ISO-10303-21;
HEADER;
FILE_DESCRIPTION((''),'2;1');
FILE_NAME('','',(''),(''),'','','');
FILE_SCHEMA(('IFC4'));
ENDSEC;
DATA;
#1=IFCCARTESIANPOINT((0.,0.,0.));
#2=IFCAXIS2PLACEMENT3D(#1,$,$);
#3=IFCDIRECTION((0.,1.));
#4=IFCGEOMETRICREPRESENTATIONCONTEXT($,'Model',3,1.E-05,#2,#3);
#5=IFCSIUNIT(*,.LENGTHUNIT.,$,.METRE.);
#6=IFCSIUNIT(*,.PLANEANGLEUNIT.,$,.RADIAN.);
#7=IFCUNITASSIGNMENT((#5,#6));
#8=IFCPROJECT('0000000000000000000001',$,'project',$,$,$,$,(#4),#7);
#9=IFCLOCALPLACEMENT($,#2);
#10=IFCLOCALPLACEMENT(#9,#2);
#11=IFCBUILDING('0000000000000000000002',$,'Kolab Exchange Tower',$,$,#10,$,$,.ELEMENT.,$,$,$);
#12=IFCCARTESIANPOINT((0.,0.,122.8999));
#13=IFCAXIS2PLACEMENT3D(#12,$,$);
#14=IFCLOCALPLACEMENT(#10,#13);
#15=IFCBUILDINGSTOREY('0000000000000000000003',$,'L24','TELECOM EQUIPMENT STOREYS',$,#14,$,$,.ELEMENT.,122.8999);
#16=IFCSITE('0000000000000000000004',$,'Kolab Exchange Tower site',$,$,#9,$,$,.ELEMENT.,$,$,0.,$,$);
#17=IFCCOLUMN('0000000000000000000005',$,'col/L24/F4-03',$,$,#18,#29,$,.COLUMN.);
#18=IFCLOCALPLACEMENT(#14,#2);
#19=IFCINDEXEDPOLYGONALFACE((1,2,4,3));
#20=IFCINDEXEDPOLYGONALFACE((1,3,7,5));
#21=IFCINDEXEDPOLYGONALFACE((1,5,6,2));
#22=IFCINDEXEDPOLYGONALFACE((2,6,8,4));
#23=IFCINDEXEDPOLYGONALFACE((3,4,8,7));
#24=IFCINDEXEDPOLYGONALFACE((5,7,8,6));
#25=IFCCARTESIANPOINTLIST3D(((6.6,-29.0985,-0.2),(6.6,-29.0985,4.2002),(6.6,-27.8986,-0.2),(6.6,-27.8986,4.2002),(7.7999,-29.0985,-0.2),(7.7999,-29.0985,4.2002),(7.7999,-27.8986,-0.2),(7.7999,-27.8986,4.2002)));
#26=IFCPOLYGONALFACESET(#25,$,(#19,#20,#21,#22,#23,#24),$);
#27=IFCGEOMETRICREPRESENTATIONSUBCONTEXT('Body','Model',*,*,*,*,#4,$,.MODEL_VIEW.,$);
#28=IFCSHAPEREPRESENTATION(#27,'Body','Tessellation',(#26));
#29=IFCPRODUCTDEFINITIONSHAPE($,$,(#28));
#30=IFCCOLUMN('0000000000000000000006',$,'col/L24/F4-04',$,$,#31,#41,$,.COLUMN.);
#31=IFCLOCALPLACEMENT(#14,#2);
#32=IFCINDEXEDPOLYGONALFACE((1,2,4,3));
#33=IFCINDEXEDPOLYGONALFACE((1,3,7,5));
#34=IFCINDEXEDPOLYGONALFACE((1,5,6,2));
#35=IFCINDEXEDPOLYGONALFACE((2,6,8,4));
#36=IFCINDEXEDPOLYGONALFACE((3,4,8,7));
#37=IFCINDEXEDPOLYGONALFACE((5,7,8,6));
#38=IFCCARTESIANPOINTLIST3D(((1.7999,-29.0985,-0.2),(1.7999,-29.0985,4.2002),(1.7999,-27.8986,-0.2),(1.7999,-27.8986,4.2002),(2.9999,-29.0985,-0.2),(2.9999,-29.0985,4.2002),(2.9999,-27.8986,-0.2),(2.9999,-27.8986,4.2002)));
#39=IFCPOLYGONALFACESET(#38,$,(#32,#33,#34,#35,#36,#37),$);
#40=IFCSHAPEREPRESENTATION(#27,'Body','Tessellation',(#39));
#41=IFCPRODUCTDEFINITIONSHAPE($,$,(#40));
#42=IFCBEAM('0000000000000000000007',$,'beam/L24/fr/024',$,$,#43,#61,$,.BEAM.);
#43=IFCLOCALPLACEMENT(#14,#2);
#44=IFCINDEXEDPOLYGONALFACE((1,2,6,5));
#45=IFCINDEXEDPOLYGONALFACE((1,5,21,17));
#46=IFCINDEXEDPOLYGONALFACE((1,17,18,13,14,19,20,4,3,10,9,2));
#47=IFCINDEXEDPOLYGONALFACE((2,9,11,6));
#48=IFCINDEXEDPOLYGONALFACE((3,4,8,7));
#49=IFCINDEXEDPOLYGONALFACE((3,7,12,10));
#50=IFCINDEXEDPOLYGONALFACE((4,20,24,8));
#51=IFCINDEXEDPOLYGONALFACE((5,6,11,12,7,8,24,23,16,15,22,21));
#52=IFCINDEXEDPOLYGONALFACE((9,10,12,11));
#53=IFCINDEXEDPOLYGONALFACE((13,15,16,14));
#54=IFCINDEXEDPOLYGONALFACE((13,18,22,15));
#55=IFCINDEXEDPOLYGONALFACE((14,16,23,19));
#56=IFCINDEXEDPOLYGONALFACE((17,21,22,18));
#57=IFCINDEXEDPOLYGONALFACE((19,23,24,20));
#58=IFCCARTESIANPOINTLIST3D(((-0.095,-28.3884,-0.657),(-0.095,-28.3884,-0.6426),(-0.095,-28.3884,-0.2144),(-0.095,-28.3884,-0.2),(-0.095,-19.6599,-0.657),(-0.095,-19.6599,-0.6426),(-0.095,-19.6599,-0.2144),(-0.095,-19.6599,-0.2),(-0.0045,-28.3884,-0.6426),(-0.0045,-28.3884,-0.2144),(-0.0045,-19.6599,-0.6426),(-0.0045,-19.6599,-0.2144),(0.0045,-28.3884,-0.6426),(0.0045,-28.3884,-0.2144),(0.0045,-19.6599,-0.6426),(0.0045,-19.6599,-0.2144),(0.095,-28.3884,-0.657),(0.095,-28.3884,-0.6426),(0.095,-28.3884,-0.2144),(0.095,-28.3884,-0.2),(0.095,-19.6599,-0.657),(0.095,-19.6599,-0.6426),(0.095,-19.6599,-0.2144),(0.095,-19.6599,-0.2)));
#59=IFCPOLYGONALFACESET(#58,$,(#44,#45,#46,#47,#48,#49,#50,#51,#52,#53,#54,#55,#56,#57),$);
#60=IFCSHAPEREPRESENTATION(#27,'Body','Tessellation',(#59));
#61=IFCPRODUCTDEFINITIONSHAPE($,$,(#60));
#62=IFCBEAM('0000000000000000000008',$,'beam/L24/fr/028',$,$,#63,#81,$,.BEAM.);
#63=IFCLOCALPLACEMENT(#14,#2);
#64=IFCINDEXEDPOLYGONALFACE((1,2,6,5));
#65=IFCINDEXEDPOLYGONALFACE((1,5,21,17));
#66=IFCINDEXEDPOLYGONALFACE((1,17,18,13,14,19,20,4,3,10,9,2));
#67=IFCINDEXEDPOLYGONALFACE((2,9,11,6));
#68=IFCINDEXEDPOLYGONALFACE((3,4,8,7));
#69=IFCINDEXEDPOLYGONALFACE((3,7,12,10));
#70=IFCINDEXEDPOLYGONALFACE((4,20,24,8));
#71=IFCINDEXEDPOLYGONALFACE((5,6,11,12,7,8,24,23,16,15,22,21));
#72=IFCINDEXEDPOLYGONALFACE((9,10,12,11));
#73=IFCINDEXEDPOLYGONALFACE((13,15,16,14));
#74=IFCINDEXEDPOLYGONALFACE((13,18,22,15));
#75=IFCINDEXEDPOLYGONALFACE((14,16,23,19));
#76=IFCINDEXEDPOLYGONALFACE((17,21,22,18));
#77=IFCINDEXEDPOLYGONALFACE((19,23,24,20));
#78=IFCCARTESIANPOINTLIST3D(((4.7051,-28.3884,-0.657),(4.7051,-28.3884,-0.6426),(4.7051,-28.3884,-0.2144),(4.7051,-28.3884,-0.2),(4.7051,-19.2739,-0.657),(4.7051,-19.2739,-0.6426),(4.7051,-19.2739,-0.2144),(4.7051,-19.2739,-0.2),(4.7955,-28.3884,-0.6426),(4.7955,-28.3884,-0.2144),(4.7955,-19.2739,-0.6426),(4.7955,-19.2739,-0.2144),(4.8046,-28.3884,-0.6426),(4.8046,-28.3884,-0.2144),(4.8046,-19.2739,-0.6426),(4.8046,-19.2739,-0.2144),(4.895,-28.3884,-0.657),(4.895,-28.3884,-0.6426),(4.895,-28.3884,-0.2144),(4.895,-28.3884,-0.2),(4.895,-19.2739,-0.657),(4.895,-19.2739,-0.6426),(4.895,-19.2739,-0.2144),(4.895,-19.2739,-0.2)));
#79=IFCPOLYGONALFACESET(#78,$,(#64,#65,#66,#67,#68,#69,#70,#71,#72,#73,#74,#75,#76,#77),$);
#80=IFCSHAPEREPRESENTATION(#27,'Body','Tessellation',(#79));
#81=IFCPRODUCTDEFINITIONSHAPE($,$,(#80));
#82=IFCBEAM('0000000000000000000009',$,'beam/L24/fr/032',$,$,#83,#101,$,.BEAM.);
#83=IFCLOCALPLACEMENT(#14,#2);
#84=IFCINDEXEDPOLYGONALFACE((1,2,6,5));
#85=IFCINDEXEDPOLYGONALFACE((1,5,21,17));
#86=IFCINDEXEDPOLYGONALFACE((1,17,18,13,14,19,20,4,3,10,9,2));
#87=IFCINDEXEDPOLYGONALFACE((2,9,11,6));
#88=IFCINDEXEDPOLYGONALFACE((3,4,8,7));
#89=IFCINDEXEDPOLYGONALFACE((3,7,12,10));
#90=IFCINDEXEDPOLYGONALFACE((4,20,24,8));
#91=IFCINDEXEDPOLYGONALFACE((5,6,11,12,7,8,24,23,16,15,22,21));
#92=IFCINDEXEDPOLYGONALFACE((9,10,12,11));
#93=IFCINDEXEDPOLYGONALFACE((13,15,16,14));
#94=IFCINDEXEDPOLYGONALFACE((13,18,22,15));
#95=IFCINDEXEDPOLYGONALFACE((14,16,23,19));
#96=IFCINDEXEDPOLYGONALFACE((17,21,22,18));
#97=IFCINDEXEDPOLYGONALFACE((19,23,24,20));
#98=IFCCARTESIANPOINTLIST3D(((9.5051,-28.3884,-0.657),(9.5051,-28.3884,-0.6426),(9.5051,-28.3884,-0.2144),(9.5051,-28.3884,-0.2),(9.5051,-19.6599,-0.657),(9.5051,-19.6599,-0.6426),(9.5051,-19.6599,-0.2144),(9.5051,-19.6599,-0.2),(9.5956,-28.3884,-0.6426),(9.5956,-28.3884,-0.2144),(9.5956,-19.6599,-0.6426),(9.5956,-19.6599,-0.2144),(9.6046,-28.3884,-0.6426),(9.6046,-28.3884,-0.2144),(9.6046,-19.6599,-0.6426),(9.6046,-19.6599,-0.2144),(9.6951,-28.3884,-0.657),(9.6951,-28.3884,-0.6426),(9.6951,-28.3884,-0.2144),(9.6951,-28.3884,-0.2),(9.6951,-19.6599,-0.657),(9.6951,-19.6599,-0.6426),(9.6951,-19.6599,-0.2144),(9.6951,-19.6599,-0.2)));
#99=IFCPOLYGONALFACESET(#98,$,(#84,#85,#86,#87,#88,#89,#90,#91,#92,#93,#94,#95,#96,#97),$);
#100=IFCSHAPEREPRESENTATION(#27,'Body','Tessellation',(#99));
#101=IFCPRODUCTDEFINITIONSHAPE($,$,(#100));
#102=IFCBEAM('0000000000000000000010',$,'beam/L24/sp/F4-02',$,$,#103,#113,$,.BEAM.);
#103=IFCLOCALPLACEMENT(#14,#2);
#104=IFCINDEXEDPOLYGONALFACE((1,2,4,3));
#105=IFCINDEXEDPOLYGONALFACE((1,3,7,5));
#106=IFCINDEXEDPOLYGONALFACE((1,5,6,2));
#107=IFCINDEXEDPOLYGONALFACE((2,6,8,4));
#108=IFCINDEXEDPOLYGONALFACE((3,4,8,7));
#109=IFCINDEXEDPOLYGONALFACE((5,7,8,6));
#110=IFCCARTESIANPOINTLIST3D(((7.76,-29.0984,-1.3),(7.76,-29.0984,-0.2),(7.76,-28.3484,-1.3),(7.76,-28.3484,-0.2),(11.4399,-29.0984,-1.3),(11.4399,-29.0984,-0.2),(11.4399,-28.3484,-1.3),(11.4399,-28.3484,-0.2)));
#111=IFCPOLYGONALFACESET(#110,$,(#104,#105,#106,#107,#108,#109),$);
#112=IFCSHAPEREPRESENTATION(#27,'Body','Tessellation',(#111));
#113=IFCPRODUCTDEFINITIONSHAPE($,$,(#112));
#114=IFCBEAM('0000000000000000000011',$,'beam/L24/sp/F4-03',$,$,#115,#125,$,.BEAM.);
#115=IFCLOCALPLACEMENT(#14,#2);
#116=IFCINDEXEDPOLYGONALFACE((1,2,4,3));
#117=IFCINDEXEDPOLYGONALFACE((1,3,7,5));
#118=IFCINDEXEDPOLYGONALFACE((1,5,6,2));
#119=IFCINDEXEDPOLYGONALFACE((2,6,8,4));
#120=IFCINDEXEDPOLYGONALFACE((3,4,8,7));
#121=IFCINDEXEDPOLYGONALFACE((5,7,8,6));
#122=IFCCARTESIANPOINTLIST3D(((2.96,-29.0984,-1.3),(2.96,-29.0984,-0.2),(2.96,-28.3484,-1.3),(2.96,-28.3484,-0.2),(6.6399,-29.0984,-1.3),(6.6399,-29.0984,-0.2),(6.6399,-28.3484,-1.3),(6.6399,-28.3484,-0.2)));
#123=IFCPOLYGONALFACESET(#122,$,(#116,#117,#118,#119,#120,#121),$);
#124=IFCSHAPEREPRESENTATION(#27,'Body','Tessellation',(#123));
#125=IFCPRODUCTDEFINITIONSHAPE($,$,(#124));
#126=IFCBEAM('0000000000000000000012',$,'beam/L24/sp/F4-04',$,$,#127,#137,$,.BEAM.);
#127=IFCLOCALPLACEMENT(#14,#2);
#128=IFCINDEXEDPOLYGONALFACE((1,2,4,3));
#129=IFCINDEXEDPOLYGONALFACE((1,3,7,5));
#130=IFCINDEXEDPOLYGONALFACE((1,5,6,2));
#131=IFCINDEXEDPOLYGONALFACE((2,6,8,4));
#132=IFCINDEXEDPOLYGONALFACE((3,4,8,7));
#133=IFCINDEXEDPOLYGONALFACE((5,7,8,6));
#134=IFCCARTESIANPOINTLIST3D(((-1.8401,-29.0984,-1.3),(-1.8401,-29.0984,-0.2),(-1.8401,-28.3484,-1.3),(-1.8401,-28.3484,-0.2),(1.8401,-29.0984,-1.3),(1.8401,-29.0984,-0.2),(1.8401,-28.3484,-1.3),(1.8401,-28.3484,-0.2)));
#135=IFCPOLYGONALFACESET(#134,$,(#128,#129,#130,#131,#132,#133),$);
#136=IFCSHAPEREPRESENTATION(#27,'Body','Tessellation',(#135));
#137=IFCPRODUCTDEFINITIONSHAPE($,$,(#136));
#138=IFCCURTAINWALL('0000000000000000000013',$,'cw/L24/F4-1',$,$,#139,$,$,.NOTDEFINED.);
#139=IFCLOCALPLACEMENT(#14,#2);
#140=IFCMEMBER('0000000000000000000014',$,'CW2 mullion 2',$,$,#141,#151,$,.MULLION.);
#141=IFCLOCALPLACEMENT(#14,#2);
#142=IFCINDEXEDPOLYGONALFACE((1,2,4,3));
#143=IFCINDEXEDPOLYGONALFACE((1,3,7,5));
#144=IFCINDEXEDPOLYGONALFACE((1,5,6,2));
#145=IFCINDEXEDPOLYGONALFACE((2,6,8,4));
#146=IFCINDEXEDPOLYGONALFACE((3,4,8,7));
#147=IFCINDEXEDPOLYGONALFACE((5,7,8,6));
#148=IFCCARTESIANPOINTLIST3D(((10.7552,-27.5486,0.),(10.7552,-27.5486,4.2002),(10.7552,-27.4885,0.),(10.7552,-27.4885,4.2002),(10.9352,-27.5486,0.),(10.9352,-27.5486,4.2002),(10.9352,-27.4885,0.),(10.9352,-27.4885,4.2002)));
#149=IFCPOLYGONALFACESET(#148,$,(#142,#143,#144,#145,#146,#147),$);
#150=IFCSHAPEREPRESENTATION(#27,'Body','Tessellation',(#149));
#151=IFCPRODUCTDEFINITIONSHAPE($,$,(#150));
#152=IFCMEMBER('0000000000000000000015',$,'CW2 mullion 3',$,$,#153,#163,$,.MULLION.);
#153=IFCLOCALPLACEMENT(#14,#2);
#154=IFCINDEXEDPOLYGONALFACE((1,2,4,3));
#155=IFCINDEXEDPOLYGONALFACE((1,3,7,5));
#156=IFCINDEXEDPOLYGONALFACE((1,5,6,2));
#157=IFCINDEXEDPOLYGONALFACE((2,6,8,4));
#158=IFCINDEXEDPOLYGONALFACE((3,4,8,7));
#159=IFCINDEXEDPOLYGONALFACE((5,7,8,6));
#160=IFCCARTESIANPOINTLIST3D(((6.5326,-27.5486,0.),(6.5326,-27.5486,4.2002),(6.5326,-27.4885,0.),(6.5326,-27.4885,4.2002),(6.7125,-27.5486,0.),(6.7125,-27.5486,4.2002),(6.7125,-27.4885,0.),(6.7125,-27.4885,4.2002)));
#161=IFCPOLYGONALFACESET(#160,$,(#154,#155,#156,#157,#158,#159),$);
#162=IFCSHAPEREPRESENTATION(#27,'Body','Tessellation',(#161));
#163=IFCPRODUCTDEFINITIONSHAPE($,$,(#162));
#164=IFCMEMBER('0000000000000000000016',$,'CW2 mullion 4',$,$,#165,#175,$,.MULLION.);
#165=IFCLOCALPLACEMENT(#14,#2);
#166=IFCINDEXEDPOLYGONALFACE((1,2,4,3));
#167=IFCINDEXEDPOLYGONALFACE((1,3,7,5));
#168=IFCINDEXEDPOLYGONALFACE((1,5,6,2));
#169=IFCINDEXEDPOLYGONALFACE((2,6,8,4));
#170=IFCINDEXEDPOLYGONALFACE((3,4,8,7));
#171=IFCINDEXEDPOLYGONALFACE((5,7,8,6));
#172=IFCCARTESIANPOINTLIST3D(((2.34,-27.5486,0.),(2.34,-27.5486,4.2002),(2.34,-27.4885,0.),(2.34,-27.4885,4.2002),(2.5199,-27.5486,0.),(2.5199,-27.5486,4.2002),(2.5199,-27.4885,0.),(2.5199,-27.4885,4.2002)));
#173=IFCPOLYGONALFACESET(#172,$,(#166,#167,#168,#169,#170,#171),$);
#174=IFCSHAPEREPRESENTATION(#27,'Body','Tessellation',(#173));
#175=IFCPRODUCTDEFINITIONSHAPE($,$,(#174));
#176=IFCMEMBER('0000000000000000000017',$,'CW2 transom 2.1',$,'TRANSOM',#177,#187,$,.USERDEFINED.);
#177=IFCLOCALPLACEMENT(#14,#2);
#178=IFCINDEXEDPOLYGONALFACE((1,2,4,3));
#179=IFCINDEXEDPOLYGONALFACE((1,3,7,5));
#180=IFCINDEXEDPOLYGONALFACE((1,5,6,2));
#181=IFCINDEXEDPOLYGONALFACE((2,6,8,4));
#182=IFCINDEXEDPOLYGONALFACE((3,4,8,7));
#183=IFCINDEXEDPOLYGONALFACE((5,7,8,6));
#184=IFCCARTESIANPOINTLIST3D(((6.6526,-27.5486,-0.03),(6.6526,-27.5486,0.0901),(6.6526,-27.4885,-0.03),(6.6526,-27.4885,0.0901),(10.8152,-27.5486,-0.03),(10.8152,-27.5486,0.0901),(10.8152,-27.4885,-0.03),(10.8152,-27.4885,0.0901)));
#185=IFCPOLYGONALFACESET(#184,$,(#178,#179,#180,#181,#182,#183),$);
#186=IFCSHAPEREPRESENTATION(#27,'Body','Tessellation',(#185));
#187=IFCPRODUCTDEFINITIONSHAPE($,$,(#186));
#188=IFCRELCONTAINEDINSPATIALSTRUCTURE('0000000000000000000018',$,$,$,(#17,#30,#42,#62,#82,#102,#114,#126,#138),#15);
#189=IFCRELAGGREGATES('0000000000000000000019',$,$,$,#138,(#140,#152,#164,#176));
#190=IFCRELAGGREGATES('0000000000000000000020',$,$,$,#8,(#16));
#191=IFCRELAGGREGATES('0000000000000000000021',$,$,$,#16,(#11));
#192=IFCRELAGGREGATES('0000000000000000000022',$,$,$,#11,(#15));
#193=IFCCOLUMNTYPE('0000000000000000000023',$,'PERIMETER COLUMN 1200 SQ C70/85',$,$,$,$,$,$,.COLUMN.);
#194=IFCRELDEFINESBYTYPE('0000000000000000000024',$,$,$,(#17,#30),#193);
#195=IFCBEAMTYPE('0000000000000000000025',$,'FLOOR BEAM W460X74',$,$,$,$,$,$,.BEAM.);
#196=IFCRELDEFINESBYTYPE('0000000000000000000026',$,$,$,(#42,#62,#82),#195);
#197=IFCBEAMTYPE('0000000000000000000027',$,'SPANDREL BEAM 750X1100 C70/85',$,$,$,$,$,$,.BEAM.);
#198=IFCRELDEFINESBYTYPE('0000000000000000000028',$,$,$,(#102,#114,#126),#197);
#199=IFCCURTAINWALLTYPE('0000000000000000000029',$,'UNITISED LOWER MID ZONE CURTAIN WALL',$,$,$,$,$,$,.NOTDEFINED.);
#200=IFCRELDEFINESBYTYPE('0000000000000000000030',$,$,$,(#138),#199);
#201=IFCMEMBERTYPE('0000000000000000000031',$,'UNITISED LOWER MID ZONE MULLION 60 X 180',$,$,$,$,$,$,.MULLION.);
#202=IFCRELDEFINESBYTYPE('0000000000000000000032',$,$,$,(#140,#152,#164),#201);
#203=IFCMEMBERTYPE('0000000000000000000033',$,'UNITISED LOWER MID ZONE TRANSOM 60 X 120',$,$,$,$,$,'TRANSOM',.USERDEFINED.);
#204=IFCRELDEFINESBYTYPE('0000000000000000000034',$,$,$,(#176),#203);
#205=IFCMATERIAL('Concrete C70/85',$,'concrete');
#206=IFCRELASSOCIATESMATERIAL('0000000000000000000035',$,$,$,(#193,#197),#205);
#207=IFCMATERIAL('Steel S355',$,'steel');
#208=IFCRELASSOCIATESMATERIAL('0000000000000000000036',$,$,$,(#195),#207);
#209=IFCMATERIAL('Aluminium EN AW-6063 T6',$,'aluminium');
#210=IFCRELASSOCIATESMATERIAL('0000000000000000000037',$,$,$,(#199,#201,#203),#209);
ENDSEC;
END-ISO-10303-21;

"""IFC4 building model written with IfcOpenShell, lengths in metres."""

from ifc_helpers import new_model, si_unit, direction, frame, origin, origin_2d, place, context, subcontext, project, spatial, rectangle, i_section, extrude, material, material_profile, profile_set, type_object, element, aggregate, save


model = new_model("IFC4")

# Units and contexts
model_context = context("Model", 3, precision=1e-05, world=origin(), true_north=direction((0.0, 1.0)))
body_context = subcontext(model_context, "Body", "Model", "MODEL_VIEW")
ifc_project = project(units=[si_unit("LENGTHUNIT", "METRE"), si_unit("PLANEANGLEUNIT", "RADIAN")], contexts=[model_context])

# Site, building, storey
site_placement = place(None, origin())
site = spatial("IfcSite", under=ifc_project, at=site_placement, Name="Kolab Exchange Tower site", CompositionType="ELEMENT", RefElevation=0.0)
building_placement = place(site_placement, origin())
building = spatial("IfcBuilding", under=site, at=building_placement, Name="Kolab Exchange Tower", CompositionType="ELEMENT")
storey_placement = place(building_placement, frame((0.0, 0.0, 122.8999)))
storey = spatial("IfcBuildingStorey", under=building, at=storey_placement, Name="L24", Description="TELECOM EQUIPMENT STOREYS", CompositionType="ELEMENT", Elevation=122.8999)

# Columns
ifc_material_1 = material(Name="Concrete C70/85", Category="concrete")
ifc_material_profile_1 = material_profile(ifc_material_1, rectangle(XDim=1.2, YDim=1.2, at=origin_2d()), Name="RC1200")
ifc_profile_set_1 = profile_set([ifc_material_profile_1], Name="Concrete C70/85")
column_type = type_object("IfcColumnType", Name="PERIMETER COLUMN 1200 SQ C70/85", PredefinedType="COLUMN", material=ifc_profile_set_1)
for number, where, z_axis, x_axis, name in (
    (1, (7.2, -28.4985, -0.2), (0.0, 0.0, 1.0), (1.0, 0.0, 0.0), "col/L24/F4-03"),
    (2, (2.3999, -28.4985, -0.2), (0.0, 0.0, 1.0), (1.0, 0.0, 0.0), "col/L24/F4-04"),
):
    element("IfcColumn", number, at=place(storey_placement, frame(where, z_axis=z_axis, x_axis=x_axis)), inside=storey, type_object=column_type, Name=name, PredefinedType="COLUMN", context=body_context, shape_type="SweptSolid", body=[
        extrude(rectangle(XDim=1.2, YDim=1.2, at=origin_2d()), origin(), (0.0, 0.0, 1.0), 4.4001),
    ])

# Beams
ifc_material_2 = material(Name="Steel S355", Category="steel")
ifc_material_profile_2 = material_profile(ifc_material_2, i_section(OverallWidth=0.1899, OverallDepth=0.457, WebThickness=0.009, FlangeThickness=0.0144, at=origin_2d()), Name="W460X74")
ifc_profile_set_2 = profile_set([ifc_material_profile_2], Name="Steel S355")
beam_type_1 = type_object("IfcBeamType", Name="FLOOR BEAM W460X74", PredefinedType="BEAM", material=ifc_profile_set_2)
beam_1_placement = place(storey_placement, frame((0.0, -28.3884, -0.4285), z_axis=(0.0, 1.0, 0.0), x_axis=(-1.0, 0.0, 0.0)))
element("IfcBeam", 3, at=beam_1_placement, inside=storey, type_object=beam_type_1, Name="beam/L24/fr/024", PredefinedType="BEAM", context=body_context, shape_type="SweptSolid", body=[
    extrude(i_section(OverallWidth=0.1899, OverallDepth=0.457, WebThickness=0.009, FlangeThickness=0.0144, at=origin_2d()), origin(), (0.0, 0.0, 1.0), 8.7285),
])
beam_2_placement = place(storey_placement, frame((4.8, -28.3884, -0.4285), z_axis=(0.0, 1.0, 0.0), x_axis=(-1.0, 0.0, 0.0)))
element("IfcBeam", 4, at=beam_2_placement, inside=storey, type_object=beam_type_1, Name="beam/L24/fr/028", PredefinedType="BEAM", context=body_context, shape_type="SweptSolid", body=[
    extrude(i_section(OverallWidth=0.1899, OverallDepth=0.457, WebThickness=0.009, FlangeThickness=0.0144, at=origin_2d()), origin(), (0.0, 0.0, 1.0), 9.1145),
])
beam_3_placement = place(storey_placement, frame((9.6001, -28.3884, -0.4285), z_axis=(0.0, 1.0, 0.0), x_axis=(-1.0, 0.0, 0.0)))
element("IfcBeam", 5, at=beam_3_placement, inside=storey, type_object=beam_type_1, Name="beam/L24/fr/032", PredefinedType="BEAM", context=body_context, shape_type="SweptSolid", body=[
    extrude(i_section(OverallWidth=0.1899, OverallDepth=0.457, WebThickness=0.009, FlangeThickness=0.0144, at=origin_2d()), origin(), (0.0, 0.0, 1.0), 8.7285),
])
ifc_material_profile_3 = material_profile(ifc_material_1, rectangle(XDim=0.75, YDim=1.1001, at=origin_2d()), Name="RC750X1100")
ifc_profile_set_3 = profile_set([ifc_material_profile_3], Name="Concrete C70/85")
beam_type_2 = type_object("IfcBeamType", Name="SPANDREL BEAM 750X1100 C70/85", PredefinedType="BEAM", material=ifc_profile_set_3)
for number, where, z_axis, x_axis, name in (
    (6, (11.4399, -28.7234, -0.75), (-1.0, 0.0, 0.0), (0.0, -1.0, 0.0), "beam/L24/sp/F4-02"),
    (7, (6.6399, -28.7234, -0.75), (-1.0, 0.0, 0.0), (0.0, -1.0, 0.0), "beam/L24/sp/F4-03"),
):
    element("IfcBeam", number, at=place(storey_placement, frame(where, z_axis=z_axis, x_axis=x_axis)), inside=storey, type_object=beam_type_2, Name=name, PredefinedType="BEAM", context=body_context, shape_type="SweptSolid", body=[
        extrude(rectangle(XDim=0.75, YDim=1.1001, at=origin_2d()), origin(), (0.0, 0.0, 1.0), 3.6799),
    ])
beam_4_placement = place(storey_placement, frame((1.8401, -28.7234, -0.75), z_axis=(-1.0, 0.0, 0.0), x_axis=(0.0, -1.0, 0.0)))
element("IfcBeam", 8, at=beam_4_placement, inside=storey, type_object=beam_type_2, Name="beam/L24/sp/F4-04", PredefinedType="BEAM", context=body_context, shape_type="SweptSolid", body=[
    extrude(rectangle(XDim=0.75, YDim=1.1001, at=origin_2d()), origin(), (0.0, 0.0, 1.0), 3.6802),
])

# Curtain wall, members
ifc_material_3 = material(Name="Aluminium EN AW-6063 T6", Category="aluminium")
curtain_wall_type = type_object("IfcCurtainWallType", Name="UNITISED LOWER MID ZONE CURTAIN WALL", PredefinedType="NOTDEFINED", material=ifc_material_3)
curtain_wall_placement = place(storey_placement, origin())
curtain_wall = element("IfcCurtainWall", 9, at=curtain_wall_placement, inside=storey, type_object=curtain_wall_type, Name="cw/L24/F4-1", PredefinedType="NOTDEFINED")
ifc_material_profile_4 = material_profile(ifc_material_3, rectangle(XDim=0.0601, YDim=0.1799, at=origin_2d()), Name="RECT 60X180")
ifc_profile_set_4 = profile_set([ifc_material_profile_4], Name="Aluminium EN AW-6063 T6")
member_type_1 = type_object("IfcMemberType", Name="UNITISED LOWER MID ZONE MULLION 60 X 180", PredefinedType="MULLION", material=ifc_profile_set_4)
member_1_placement = place(storey_placement, frame((10.8452, -27.5186, 0.0), z_axis=(0.0, 0.0, 1.0), x_axis=(0.0, -1.0, 0.0)))
member_1 = element("IfcMember", 10, at=member_1_placement, type_object=member_type_1, Name="CW2 mullion 2", PredefinedType="MULLION", context=body_context, shape_type="SweptSolid", body=[
    extrude(rectangle(XDim=0.0601, YDim=0.1799, at=origin_2d()), origin(), (0.0, 0.0, 1.0), 4.2002),
])
member_2_placement = place(storey_placement, frame((6.6226, -27.5186, 0.0), z_axis=(0.0, 0.0, 1.0), x_axis=(0.0, -1.0, 0.0)))
member_2 = element("IfcMember", 11, at=member_2_placement, type_object=member_type_1, Name="CW2 mullion 3", PredefinedType="MULLION", context=body_context, shape_type="SweptSolid", body=[
    extrude(rectangle(XDim=0.0601, YDim=0.1799, at=origin_2d()), origin(), (0.0, 0.0, 1.0), 4.2002),
])
member_3_placement = place(storey_placement, frame((2.4299, -27.5186, 0.0), z_axis=(0.0, 0.0, 1.0), x_axis=(0.0, -1.0, 0.0)))
member_3 = element("IfcMember", 12, at=member_3_placement, type_object=member_type_1, Name="CW2 mullion 4", PredefinedType="MULLION", context=body_context, shape_type="SweptSolid", body=[
    extrude(rectangle(XDim=0.0601, YDim=0.1799, at=origin_2d()), origin(), (0.0, 0.0, 1.0), 4.2002),
])
ifc_material_profile_5 = material_profile(ifc_material_3, rectangle(XDim=0.0601, YDim=0.1201, at=origin_2d()), Name="RECT 60X120")
ifc_profile_set_5 = profile_set([ifc_material_profile_5], Name="Aluminium EN AW-6063 T6")
member_type_2 = type_object("IfcMemberType", Name="UNITISED LOWER MID ZONE TRANSOM 60 X 120", ElementType="TRANSOM", PredefinedType="USERDEFINED", material=ifc_profile_set_5)
member_4_placement = place(storey_placement, frame((10.8152, -27.5186, 0.03), z_axis=(-1.0, 0.0, 0.0), x_axis=(0.0, -1.0, 0.0)))
member_4 = element("IfcMember", 13, at=member_4_placement, type_object=member_type_2, Name="CW2 transom 2.1", ObjectType="TRANSOM", PredefinedType="USERDEFINED", context=body_context, shape_type="SweptSolid", body=[
    extrude(rectangle(XDim=0.0601, YDim=0.1201, at=origin_2d()), origin(), (0.0, 0.0, 1.0), 4.1626),
])
aggregate(curtain_wall, [member_1, member_2, member_3, member_4])

save(model, "model.ifc")
